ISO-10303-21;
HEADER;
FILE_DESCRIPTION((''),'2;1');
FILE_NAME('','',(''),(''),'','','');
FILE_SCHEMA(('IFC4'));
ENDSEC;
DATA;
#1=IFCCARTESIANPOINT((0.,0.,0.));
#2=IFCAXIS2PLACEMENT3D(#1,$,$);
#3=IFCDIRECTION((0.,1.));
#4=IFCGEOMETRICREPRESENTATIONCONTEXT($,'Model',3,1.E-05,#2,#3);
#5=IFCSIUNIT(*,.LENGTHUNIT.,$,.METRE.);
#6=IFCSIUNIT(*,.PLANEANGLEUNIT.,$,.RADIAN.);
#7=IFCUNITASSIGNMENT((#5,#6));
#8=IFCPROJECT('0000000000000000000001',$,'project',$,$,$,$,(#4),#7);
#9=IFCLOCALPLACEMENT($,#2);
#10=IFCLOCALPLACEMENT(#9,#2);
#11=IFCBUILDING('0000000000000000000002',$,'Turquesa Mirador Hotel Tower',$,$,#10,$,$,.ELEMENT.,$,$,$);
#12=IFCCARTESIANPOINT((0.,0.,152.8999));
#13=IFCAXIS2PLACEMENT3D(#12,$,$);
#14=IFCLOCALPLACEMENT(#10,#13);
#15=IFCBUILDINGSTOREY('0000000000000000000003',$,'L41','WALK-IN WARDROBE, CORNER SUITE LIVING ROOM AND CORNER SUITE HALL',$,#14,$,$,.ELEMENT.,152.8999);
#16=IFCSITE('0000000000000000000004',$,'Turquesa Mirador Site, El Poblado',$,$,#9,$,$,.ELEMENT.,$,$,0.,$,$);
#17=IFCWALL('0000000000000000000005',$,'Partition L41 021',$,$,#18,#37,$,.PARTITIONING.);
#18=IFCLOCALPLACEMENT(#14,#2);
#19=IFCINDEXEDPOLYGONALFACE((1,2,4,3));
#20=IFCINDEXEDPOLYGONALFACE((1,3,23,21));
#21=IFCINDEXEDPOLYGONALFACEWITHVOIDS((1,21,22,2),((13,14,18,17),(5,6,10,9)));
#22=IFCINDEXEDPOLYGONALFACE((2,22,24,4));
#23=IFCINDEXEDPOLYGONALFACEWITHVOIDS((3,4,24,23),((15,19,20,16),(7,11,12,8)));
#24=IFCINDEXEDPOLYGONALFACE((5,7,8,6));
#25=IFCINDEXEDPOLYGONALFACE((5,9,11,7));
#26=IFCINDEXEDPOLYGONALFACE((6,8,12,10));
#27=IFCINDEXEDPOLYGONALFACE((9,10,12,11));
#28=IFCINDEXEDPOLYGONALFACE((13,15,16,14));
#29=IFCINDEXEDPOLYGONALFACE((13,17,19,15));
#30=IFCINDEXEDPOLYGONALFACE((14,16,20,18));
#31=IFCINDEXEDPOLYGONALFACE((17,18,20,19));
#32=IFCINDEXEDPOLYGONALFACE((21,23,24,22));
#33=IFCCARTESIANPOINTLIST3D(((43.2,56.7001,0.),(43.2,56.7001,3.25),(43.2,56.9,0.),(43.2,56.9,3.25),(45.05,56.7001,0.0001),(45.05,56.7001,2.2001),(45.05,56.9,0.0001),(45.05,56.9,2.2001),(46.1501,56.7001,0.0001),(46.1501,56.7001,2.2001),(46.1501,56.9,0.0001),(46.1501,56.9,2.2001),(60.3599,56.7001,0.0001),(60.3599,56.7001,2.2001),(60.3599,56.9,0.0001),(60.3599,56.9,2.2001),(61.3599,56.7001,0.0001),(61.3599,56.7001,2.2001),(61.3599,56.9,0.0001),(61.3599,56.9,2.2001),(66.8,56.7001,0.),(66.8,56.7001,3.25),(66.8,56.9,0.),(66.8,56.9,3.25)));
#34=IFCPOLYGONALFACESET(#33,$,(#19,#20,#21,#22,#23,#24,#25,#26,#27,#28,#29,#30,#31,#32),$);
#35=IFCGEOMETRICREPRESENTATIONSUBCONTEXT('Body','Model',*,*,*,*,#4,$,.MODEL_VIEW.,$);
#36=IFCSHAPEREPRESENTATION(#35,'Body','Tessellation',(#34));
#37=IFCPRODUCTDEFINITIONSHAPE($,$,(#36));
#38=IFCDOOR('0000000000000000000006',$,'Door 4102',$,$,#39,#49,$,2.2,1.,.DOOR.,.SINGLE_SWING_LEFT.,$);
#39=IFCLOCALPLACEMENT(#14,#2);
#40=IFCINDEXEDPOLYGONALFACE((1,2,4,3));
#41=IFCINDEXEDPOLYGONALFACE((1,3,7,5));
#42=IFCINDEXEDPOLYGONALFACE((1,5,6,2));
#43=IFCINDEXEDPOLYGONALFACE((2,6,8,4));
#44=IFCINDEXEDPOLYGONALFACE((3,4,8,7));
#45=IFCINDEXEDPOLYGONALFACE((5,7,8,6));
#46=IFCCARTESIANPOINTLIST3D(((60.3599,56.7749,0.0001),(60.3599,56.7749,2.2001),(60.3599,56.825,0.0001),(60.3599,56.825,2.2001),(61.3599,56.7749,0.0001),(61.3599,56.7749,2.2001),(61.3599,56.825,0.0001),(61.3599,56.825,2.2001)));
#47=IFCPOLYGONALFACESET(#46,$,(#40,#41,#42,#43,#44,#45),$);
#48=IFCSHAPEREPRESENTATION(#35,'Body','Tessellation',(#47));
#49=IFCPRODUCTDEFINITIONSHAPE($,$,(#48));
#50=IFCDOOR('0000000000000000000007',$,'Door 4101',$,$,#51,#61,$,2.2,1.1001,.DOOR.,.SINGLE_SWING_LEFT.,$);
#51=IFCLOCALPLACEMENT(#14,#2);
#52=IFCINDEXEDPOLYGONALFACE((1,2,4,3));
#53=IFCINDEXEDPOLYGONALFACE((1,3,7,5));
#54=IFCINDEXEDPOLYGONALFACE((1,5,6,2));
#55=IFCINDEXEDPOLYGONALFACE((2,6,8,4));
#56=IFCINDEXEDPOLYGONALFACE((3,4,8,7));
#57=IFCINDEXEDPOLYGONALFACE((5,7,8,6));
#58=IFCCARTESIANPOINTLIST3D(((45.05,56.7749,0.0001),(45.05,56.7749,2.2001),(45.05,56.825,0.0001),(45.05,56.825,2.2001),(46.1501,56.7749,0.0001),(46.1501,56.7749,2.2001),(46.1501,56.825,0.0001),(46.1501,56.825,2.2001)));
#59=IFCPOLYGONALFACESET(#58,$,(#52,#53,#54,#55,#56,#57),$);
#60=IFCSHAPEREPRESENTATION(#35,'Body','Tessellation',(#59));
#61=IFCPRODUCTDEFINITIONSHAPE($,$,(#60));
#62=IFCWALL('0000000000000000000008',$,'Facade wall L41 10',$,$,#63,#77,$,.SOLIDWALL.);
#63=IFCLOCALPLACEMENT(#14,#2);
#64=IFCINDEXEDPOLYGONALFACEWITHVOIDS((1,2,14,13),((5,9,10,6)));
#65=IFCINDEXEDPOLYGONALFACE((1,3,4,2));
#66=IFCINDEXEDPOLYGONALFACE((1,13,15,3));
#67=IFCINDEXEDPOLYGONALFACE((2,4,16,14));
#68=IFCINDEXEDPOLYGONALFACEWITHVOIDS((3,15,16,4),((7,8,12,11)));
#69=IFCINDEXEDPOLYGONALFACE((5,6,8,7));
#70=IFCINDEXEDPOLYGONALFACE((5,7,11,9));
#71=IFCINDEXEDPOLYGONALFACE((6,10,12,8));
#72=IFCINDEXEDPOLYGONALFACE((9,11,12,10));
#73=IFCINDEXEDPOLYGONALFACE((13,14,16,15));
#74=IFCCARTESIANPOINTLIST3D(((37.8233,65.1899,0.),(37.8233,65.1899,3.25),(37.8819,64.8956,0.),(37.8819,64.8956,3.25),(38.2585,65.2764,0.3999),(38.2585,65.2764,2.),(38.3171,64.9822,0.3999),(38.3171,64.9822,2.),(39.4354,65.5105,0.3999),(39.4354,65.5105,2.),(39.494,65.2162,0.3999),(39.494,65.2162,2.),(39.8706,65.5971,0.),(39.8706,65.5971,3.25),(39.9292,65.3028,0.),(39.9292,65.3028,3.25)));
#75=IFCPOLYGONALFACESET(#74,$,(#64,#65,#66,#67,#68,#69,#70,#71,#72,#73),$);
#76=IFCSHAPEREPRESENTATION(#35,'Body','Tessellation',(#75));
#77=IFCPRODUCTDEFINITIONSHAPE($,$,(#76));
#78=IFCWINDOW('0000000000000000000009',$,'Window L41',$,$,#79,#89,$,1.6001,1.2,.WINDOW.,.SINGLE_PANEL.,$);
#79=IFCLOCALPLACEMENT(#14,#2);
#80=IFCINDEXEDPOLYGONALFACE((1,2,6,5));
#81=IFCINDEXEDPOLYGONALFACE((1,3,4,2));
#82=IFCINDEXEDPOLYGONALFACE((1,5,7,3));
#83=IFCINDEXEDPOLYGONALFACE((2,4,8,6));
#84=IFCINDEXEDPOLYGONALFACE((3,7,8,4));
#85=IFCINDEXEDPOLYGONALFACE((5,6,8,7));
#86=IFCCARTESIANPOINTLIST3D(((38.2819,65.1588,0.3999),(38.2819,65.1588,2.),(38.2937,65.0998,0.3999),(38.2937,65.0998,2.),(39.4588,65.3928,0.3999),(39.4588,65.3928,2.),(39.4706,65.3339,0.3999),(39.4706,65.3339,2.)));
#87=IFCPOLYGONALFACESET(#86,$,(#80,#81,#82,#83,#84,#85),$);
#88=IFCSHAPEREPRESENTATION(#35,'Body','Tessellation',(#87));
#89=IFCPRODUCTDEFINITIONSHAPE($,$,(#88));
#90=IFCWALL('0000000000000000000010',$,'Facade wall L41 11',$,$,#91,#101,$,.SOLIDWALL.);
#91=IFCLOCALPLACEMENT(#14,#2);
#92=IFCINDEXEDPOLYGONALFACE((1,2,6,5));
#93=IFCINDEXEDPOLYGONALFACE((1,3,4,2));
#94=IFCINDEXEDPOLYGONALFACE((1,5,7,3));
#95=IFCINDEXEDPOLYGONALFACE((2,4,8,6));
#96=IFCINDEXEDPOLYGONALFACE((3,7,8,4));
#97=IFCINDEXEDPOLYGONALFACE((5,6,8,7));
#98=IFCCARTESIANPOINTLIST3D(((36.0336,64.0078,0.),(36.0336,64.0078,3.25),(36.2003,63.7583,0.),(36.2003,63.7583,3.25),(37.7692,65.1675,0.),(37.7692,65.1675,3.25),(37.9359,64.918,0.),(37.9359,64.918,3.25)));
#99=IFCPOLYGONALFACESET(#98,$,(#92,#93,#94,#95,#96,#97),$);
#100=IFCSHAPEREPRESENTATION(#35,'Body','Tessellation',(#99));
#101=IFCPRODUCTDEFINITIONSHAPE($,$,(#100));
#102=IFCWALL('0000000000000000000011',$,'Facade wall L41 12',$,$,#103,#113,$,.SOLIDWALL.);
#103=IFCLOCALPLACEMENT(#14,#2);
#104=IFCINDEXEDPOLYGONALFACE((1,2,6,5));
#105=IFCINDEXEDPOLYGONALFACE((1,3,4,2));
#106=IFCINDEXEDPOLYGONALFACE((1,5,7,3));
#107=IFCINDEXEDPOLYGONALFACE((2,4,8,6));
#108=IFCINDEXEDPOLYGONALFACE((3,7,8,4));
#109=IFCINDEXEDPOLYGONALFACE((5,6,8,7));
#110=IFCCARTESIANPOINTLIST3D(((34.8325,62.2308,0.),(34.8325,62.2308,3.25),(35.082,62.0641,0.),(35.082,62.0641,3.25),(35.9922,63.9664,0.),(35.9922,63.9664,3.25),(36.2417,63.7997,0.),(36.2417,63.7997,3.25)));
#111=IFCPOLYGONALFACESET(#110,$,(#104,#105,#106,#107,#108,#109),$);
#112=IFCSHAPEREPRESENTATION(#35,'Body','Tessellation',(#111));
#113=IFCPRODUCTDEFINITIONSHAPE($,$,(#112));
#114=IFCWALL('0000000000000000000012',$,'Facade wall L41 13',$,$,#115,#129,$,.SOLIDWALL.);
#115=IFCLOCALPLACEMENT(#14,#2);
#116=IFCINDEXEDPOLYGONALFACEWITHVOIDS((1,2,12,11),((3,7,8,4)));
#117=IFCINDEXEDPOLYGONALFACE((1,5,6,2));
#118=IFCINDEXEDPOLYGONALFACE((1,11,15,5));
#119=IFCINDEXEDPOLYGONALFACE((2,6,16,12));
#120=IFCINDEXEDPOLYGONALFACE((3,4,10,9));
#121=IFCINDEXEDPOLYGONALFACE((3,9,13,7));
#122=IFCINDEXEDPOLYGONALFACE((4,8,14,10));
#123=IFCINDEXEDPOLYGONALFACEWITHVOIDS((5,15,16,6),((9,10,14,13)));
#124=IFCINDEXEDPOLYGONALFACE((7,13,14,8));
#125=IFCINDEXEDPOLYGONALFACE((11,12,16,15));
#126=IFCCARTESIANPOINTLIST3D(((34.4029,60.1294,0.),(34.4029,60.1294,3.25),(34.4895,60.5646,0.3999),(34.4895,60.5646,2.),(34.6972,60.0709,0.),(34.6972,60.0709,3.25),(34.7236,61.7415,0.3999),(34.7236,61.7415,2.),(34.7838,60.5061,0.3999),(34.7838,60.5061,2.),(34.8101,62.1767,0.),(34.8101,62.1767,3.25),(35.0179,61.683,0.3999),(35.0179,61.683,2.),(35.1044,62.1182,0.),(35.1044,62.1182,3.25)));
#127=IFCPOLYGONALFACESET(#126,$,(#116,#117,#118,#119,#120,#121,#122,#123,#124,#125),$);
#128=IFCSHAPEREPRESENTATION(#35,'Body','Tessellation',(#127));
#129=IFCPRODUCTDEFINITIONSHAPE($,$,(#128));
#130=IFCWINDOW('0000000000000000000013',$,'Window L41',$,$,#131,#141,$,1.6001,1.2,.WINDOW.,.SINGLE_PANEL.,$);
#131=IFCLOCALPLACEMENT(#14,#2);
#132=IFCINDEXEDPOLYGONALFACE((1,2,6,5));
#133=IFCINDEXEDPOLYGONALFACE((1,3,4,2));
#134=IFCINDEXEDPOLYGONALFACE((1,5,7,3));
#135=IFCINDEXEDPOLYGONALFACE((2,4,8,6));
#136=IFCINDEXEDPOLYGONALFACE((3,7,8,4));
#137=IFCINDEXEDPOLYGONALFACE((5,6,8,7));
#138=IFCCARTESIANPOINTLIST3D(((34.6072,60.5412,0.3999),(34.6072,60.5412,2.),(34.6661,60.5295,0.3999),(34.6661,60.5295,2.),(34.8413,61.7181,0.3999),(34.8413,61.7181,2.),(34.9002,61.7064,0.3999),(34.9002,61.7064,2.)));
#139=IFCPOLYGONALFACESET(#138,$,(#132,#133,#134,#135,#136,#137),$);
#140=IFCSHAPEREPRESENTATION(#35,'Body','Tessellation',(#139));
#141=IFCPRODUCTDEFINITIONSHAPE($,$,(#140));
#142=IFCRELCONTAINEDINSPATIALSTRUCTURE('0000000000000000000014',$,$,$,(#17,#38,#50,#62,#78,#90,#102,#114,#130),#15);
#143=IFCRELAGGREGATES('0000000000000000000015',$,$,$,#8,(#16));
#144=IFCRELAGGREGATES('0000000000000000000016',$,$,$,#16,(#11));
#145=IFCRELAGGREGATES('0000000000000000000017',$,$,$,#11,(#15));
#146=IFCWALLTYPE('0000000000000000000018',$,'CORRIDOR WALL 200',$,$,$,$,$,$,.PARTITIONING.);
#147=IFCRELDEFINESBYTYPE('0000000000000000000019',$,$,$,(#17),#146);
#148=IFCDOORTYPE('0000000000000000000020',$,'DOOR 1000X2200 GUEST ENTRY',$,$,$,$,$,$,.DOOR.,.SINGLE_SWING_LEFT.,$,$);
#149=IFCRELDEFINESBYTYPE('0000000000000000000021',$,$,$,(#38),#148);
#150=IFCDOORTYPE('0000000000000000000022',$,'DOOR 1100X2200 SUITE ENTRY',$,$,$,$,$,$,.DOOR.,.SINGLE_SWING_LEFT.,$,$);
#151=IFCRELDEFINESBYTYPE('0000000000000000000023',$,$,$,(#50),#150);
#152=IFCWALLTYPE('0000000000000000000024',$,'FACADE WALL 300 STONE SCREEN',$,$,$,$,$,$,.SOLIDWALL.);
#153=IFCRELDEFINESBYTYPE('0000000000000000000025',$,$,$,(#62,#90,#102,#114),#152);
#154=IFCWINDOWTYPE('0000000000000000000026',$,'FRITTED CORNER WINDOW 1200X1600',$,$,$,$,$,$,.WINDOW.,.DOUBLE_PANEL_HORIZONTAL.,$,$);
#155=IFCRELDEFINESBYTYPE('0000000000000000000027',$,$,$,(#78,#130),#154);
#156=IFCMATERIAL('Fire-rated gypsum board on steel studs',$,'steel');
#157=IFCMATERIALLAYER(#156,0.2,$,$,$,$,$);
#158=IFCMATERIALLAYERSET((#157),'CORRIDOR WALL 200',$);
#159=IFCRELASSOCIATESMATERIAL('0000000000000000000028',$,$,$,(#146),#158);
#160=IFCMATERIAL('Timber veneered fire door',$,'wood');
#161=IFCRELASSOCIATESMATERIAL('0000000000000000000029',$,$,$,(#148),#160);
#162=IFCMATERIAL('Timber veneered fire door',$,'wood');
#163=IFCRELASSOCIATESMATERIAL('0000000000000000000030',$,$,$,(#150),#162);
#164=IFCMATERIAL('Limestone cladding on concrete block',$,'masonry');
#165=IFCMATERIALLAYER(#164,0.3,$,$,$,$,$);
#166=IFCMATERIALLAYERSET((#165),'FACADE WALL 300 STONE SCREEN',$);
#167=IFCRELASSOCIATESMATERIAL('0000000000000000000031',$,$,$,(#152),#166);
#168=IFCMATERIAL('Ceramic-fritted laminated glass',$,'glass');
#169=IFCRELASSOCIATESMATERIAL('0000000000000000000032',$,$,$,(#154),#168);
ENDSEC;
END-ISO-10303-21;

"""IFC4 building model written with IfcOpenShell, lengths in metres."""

from ifc_helpers import new_model, si_unit, direction, frame, frame_2d, origin, place, context, subcontext, project, spatial, rectangle, extrude, material, layer, layer_set, type_object, element, fill, save


model = new_model("IFC4")

# Units and contexts
model_context = context("Model", 3, precision=1e-05, world=origin(), true_north=direction((0.0, 1.0)))
body_context = subcontext(model_context, "Body", "Model", "MODEL_VIEW")
ifc_project = project(units=[si_unit("LENGTHUNIT", "METRE"), si_unit("PLANEANGLEUNIT", "RADIAN")], contexts=[model_context])

# Site, building, storey
site_placement = place(None, origin())
site = spatial("IfcSite", under=ifc_project, at=site_placement, Name="Turquesa Mirador Site, El Poblado", CompositionType="ELEMENT", RefElevation=0.0)
building_placement = place(site_placement, origin())
building = spatial("IfcBuilding", under=site, at=building_placement, Name="Turquesa Mirador Hotel Tower", CompositionType="ELEMENT")
storey_placement = place(building_placement, frame((0.0, 0.0, 152.8999)))
storey = spatial("IfcBuildingStorey", under=building, at=storey_placement, Name="L41", Description="WALK-IN WARDROBE, CORNER SUITE LIVING ROOM AND CORNER SUITE HALL", CompositionType="ELEMENT", Elevation=152.8999)

# Wall, openings, doors
ifc_material_1 = material(Name="Fire-rated gypsum board on steel studs", Category="steel")
ifc_layer_1 = layer(ifc_material_1, 0.2)
ifc_layer_set_1 = layer_set([ifc_layer_1], Name="CORRIDOR WALL 200")
wall_type_1 = type_object("IfcWallType", Name="CORRIDOR WALL 200", PredefinedType="PARTITIONING", material=ifc_layer_set_1)
wall_1_placement = place(storey_placement, frame((43.2, 56.8, 0.0), z_axis=(0.0, 0.0, 1.0), x_axis=(1.0, 0.0, 0.0)))
wall_1 = element("IfcWall", 1, at=wall_1_placement, inside=storey, type_object=wall_type_1, Name="Partition L41 021", PredefinedType="PARTITIONING", context=body_context, shape_type="SweptSolid", body=[
    extrude(rectangle(XDim=23.6001, YDim=0.2, at=frame_2d((11.8, 0.0))), origin(), (0.0, 0.0, 1.0), 3.25),
])
opening_1_placement = place(wall_1_placement, frame((1.8501, 0.0, 0.0)))
opening_1 = element("IfcOpeningElement", 2, at=opening_1_placement, cuts=wall_1, PredefinedType="OPENING", context=body_context, shape_type="SweptSolid", body=[
    extrude(rectangle(XDim=1.1001, YDim=2.2, at=frame_2d((0.55, 1.1001))), frame((0.0, 0.1099, 0.0), z_axis=(0.0, -1.0, 0.0), x_axis=(1.0, 0.0, 0.0)), (0.0, 0.0, 1.0), 0.22),
])
opening_2_placement = place(wall_1_placement, frame((17.1599, 0.0, 0.0)))
opening_2 = element("IfcOpeningElement", 3, at=opening_2_placement, cuts=wall_1, PredefinedType="OPENING", context=body_context, shape_type="SweptSolid", body=[
    extrude(rectangle(XDim=1.0, YDim=2.2, at=frame_2d((0.5, 1.1001))), frame((0.0, 0.1099, 0.0), z_axis=(0.0, -1.0, 0.0), x_axis=(1.0, 0.0, 0.0)), (0.0, 0.0, 1.0), 0.22),
])
ifc_material_2 = material(Name="Timber veneered fire door", Category="wood")
door_type_1 = type_object("IfcDoorType", Name="DOOR 1000X2200 GUEST ENTRY", OperationType="SINGLE_SWING_LEFT", PredefinedType="DOOR", material=ifc_material_2)
door_1_placement = place(opening_2_placement, origin())
door_1 = element("IfcDoor", 4, at=door_1_placement, inside=storey, type_object=door_type_1, Name="Door 4102", OperationType="SINGLE_SWING_LEFT", OverallHeight=2.2, OverallWidth=1.0, PredefinedType="DOOR", context=body_context, shape_type="SweptSolid", body=[
    extrude(rectangle(XDim=1.0, YDim=2.2, at=frame_2d((0.5, 1.1001))), frame((0.0, 0.0249, 0.0), z_axis=(0.0, -1.0, 0.0), x_axis=(1.0, 0.0, 0.0)), (0.0, 0.0, 1.0), 0.05),
])
fill(opening_2, door_1)
ifc_material_3 = material(Name="Timber veneered fire door", Category="wood")
door_type_2 = type_object("IfcDoorType", Name="DOOR 1100X2200 SUITE ENTRY", OperationType="SINGLE_SWING_LEFT", PredefinedType="DOOR", material=ifc_material_3)
door_2_placement = place(opening_1_placement, origin())
door_2 = element("IfcDoor", 5, at=door_2_placement, inside=storey, type_object=door_type_2, Name="Door 4101", OperationType="SINGLE_SWING_LEFT", OverallHeight=2.2, OverallWidth=1.1001, PredefinedType="DOOR", context=body_context, shape_type="SweptSolid", body=[
    extrude(rectangle(XDim=1.1001, YDim=2.2, at=frame_2d((0.55, 1.1001))), frame((0.0, 0.0249, 0.0), z_axis=(0.0, -1.0, 0.0), x_axis=(1.0, 0.0, 0.0)), (0.0, 0.0, 1.0), 0.05),
])
fill(opening_1, door_2)

# Wall, opening, window
ifc_material_4 = material(Name="Limestone cladding on concrete block", Category="masonry")
ifc_layer_2 = layer(ifc_material_4, 0.3)
ifc_layer_set_2 = layer_set([ifc_layer_2], Name="FACADE WALL 300 STONE SCREEN")
wall_type_2 = type_object("IfcWallType", Name="FACADE WALL 300 STONE SCREEN", PredefinedType="SOLIDWALL", material=ifc_layer_set_2)
wall_2_placement = place(storey_placement, frame((39.8999, 65.45, 0.0), z_axis=(0.0, 0.0, 1.0), x_axis=(-0.980787, -0.195081, 0.0)))
wall_2 = element("IfcWall", 6, at=wall_2_placement, inside=storey, type_object=wall_type_2, Name="Facade wall L41 10", PredefinedType="SOLIDWALL", context=body_context, shape_type="SweptSolid", body=[
    extrude(rectangle(XDim=2.0874, YDim=0.3, at=frame_2d((1.0437, 0.0))), origin(), (0.0, 0.0, 1.0), 3.25),
])
opening_3_placement = place(wall_2_placement, frame((0.4436, 0.0, 0.3999)))
opening_3 = element("IfcOpeningElement", 7, at=opening_3_placement, cuts=wall_2, PredefinedType="OPENING", context=body_context, shape_type="SweptSolid", body=[
    extrude(rectangle(XDim=1.2, YDim=1.6001, at=frame_2d((0.6001, 0.8))), frame((0.0, 0.1599, 0.0), z_axis=(0.0, -1.0, 0.0), x_axis=(1.0, 0.0, 0.0)), (0.0, 0.0, 1.0), 0.3201),
])
ifc_material_5 = material(Name="Ceramic-fritted laminated glass", Category="glass")
window_type_1 = type_object("IfcWindowType", Name="FRITTED CORNER WINDOW 1200X1600", PartitioningType="DOUBLE_PANEL_HORIZONTAL", PredefinedType="WINDOW", material=ifc_material_5)
window_1_placement = place(opening_3_placement, origin())
window_1 = element("IfcWindow", 8, at=window_1_placement, inside=storey, type_object=window_type_1, Name="Window L41", OverallHeight=1.6001, OverallWidth=1.2, PartitioningType="SINGLE_PANEL", PredefinedType="WINDOW", context=body_context, shape_type="SweptSolid", body=[
    extrude(rectangle(XDim=1.2, YDim=1.6001, at=frame_2d((0.6001, 0.8))), frame((0.0, 0.03, 0.0), z_axis=(0.0, -1.0, 0.0), x_axis=(1.0, 0.0, 0.0)), (0.0, 0.0, 1.0), 0.0601),
])
fill(opening_3, window_1)

# Walls
for number, where, z_axis, x_axis, name in (
    (9, (37.8525, 65.0427, 0.0), (0.0, 0.0, 1.0), (-0.831474, -0.555564, 0.0), "Facade wall L41 11"),
    (10, (36.1169, 63.8831, 0.0), (0.0, 0.0, 1.0), (-0.555564, -0.831474, 0.0), "Facade wall L41 12"),
):
    element("IfcWall", number, at=place(storey_placement, frame(where, z_axis=z_axis, x_axis=x_axis)), inside=storey, type_object=wall_type_2, Name=name, PredefinedType="SOLIDWALL", context=body_context, shape_type="SweptSolid", body=[
        extrude(rectangle(XDim=2.0874, YDim=0.3, at=frame_2d((1.0437, 0.0))), origin(), (0.0, 0.0, 1.0), 3.25),
    ])

# Wall, opening, window
wall_3_placement = place(storey_placement, frame((34.9573, 62.1475, 0.0), z_axis=(0.0, 0.0, 1.0), x_axis=(-0.195081, -0.980787, 0.0)))
wall_3 = element("IfcWall", 11, at=wall_3_placement, inside=storey, type_object=wall_type_2, Name="Facade wall L41 13", PredefinedType="SOLIDWALL", context=body_context, shape_type="SweptSolid", body=[
    extrude(rectangle(XDim=2.0874, YDim=0.3, at=frame_2d((1.0437, 0.0))), origin(), (0.0, 0.0, 1.0), 3.25),
])
opening_4_placement = place(wall_3_placement, frame((0.4436, 0.0, 0.3999)))
opening_4 = element("IfcOpeningElement", 12, at=opening_4_placement, cuts=wall_3, PredefinedType="OPENING", context=body_context, shape_type="SweptSolid", body=[
    extrude(rectangle(XDim=1.2, YDim=1.6001, at=frame_2d((0.6001, 0.8))), frame((0.0, 0.1599, 0.0), z_axis=(0.0, -1.0, 0.0), x_axis=(1.0, 0.0, 0.0)), (0.0, 0.0, 1.0), 0.3201),
])
window_2_placement = place(opening_4_placement, origin())
window_2 = element("IfcWindow", 13, at=window_2_placement, inside=storey, type_object=window_type_1, Name="Window L41", OverallHeight=1.6001, OverallWidth=1.2, PartitioningType="SINGLE_PANEL", PredefinedType="WINDOW", context=body_context, shape_type="SweptSolid", body=[
    extrude(rectangle(XDim=1.2, YDim=1.6001, at=frame_2d((0.6001, 0.8))), frame((0.0, 0.03, 0.0), z_axis=(0.0, -1.0, 0.0), x_axis=(1.0, 0.0, 0.0)), (0.0, 0.0, 1.0), 0.0601),
])
fill(opening_4, window_2)

save(model, "model.ifc")
